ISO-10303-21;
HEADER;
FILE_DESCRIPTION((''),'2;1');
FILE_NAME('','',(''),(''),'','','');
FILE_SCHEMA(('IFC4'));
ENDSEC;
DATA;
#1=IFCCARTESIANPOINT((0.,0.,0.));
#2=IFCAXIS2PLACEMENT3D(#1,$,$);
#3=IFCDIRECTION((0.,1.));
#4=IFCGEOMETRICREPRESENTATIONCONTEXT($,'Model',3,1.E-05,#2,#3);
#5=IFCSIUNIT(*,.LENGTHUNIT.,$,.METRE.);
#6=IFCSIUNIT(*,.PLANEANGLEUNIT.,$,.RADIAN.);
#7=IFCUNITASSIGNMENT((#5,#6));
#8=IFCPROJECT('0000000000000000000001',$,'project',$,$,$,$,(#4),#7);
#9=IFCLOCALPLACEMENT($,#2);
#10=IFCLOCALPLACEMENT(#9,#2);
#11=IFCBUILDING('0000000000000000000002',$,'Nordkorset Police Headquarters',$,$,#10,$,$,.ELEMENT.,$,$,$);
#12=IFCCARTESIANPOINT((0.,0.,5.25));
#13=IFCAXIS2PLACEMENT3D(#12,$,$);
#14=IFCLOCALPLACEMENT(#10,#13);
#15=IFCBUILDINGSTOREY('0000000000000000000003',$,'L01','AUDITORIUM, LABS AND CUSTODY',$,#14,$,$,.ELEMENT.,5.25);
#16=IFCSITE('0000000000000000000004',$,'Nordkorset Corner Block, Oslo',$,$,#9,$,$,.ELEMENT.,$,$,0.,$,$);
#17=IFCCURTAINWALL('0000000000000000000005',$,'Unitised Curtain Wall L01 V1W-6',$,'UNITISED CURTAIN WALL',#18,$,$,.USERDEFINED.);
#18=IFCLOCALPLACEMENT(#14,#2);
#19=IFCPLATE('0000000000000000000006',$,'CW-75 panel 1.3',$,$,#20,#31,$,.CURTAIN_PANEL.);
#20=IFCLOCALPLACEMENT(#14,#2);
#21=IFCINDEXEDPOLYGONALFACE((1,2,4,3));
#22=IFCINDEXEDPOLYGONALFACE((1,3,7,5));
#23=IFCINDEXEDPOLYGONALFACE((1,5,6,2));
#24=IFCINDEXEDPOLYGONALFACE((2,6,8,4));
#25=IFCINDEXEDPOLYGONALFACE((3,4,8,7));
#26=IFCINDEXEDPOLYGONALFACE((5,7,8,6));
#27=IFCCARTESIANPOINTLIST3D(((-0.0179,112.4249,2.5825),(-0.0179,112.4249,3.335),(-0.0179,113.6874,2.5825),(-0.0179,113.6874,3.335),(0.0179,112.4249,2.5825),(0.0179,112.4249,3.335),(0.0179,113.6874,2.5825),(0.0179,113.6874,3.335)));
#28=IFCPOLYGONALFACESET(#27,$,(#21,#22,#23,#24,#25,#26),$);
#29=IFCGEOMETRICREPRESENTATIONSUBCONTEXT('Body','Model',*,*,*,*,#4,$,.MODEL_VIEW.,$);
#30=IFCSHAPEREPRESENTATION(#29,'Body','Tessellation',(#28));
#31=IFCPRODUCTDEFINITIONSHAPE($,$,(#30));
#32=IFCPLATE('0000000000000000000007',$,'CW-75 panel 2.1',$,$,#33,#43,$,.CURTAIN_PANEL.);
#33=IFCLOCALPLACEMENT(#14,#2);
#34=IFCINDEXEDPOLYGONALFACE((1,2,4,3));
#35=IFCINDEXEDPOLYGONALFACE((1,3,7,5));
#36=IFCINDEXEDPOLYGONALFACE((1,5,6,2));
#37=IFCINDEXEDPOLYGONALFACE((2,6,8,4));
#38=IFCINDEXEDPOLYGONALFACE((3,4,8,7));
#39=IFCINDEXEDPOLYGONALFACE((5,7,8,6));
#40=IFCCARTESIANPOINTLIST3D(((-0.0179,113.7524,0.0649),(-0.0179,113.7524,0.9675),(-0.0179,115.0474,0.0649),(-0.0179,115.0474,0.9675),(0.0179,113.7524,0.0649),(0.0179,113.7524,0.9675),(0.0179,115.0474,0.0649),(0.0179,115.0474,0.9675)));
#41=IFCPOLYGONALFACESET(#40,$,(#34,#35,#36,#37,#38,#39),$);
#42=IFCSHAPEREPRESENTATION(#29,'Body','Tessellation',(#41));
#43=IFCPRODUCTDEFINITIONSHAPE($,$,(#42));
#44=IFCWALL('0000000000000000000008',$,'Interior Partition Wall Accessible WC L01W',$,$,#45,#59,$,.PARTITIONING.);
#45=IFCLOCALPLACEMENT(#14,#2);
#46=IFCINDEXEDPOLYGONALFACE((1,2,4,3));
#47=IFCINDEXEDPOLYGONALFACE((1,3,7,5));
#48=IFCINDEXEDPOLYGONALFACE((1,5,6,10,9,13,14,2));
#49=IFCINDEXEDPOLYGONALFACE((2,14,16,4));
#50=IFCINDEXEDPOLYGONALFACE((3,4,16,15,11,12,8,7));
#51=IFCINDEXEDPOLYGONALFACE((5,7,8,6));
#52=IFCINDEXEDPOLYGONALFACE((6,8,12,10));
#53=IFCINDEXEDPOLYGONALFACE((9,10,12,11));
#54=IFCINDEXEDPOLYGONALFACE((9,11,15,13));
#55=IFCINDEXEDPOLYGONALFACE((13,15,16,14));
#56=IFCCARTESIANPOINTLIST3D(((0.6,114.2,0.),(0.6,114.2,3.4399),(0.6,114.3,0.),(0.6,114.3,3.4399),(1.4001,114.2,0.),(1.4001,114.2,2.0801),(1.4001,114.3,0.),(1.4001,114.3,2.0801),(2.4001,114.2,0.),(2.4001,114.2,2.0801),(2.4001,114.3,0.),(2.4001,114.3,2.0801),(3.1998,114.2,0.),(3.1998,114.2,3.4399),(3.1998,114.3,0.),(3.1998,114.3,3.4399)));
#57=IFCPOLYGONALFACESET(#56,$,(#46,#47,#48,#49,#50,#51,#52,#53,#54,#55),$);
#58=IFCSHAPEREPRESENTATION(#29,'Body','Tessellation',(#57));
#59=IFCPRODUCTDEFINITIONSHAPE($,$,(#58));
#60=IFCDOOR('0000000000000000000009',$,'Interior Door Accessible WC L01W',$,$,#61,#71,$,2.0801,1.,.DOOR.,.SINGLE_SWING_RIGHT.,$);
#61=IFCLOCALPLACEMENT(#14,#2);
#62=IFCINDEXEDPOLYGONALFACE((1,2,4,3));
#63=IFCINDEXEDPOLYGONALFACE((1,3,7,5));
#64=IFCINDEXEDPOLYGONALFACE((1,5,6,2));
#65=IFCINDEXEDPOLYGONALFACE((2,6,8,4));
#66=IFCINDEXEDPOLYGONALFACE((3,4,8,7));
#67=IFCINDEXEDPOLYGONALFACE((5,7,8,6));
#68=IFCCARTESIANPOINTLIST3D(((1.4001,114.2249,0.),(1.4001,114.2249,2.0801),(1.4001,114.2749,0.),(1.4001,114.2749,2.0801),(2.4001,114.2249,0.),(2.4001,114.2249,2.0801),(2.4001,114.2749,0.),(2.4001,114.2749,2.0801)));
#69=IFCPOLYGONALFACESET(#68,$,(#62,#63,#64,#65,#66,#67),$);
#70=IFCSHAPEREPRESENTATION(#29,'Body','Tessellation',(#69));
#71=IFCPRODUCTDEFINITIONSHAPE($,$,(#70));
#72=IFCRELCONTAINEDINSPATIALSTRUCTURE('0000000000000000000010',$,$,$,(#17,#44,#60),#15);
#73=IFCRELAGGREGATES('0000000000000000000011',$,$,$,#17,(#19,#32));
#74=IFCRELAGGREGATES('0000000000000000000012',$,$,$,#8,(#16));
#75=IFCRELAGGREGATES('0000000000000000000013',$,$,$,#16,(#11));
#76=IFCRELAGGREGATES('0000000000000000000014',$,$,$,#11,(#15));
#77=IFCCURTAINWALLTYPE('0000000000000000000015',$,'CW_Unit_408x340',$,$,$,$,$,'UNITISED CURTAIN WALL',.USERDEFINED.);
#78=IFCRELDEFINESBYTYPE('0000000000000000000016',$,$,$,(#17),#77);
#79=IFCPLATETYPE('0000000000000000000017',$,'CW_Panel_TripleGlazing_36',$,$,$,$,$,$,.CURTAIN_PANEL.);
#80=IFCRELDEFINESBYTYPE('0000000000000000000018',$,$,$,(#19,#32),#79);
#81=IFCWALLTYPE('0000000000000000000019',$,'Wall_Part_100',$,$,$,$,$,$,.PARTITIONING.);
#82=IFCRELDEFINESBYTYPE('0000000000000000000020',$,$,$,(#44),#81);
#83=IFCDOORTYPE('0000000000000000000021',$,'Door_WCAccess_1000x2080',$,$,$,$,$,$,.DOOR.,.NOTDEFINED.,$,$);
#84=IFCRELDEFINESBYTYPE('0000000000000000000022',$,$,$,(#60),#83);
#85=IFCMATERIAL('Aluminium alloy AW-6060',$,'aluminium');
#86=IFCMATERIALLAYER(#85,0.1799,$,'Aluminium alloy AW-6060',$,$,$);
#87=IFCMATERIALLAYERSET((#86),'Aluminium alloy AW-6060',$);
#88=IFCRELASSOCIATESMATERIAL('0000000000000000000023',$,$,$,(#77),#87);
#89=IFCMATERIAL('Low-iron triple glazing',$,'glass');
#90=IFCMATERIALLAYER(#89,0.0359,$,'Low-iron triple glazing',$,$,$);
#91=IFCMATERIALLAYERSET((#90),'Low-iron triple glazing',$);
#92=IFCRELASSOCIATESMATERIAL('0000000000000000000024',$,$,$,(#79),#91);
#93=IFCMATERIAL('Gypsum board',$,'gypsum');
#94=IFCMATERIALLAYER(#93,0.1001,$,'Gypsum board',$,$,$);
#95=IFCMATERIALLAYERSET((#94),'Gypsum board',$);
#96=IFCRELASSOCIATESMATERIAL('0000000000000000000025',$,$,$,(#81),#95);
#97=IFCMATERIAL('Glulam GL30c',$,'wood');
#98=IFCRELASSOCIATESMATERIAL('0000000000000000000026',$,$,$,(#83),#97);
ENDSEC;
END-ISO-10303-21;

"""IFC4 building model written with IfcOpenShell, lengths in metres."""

from ifc_helpers import new_model, si_unit, direction, frame, frame_2d, origin, origin_2d, place, context, subcontext, project, spatial, rectangle, extrude, material, layer, layer_set, type_object, element, fill, aggregate, save


model = new_model("IFC4")

# Units and contexts
model_context = context("Model", 3, precision=1e-05, world=origin(), true_north=direction((0.0, 1.0)))
body_context = subcontext(model_context, "Body", "Model", "MODEL_VIEW")
ifc_project = project(units=[si_unit("LENGTHUNIT", "METRE"), si_unit("PLANEANGLEUNIT", "RADIAN")], contexts=[model_context])

# Site, building, storey
site_placement = place(None, origin())
site = spatial("IfcSite", under=ifc_project, at=site_placement, Name="Nordkorset Corner Block, Oslo", CompositionType="ELEMENT", RefElevation=0.0)
building_placement = place(site_placement, origin())
building = spatial("IfcBuilding", under=site, at=building_placement, Name="Nordkorset Police Headquarters", CompositionType="ELEMENT")
storey_placement = place(building_placement, frame((0.0, 0.0, 5.25)))
storey = spatial("IfcBuildingStorey", under=building, at=storey_placement, Name="L01", Description="AUDITORIUM, LABS AND CUSTODY", CompositionType="ELEMENT", Elevation=5.25)

# Shared definitions
ifc_material_1 = material(Name="Aluminium alloy AW-6060", Category="aluminium")
ifc_layer_1 = layer(ifc_material_1, 0.1799, Name="Aluminium alloy AW-6060")
ifc_layer_set_1 = layer_set([ifc_layer_1], Name="Aluminium alloy AW-6060")
curtain_wall_type = type_object("IfcCurtainWallType", Name="CW_Unit_408x340", ElementType="UNITISED CURTAIN WALL", PredefinedType="USERDEFINED", material=ifc_layer_set_1)

# Curtain wall
curtain_wall_1_placement = place(storey_placement, origin())
curtain_wall_1 = element("IfcCurtainWall", 1, at=curtain_wall_1_placement, inside=storey, type_object=curtain_wall_type, Name="Unitised Curtain Wall L01 V1W-6", ObjectType="UNITISED CURTAIN WALL", PredefinedType="USERDEFINED")

# Plates
ifc_material_2 = material(Name="Low-iron triple glazing", Category="glass")
ifc_layer_2 = layer(ifc_material_2, 0.0359, Name="Low-iron triple glazing")
ifc_layer_set_2 = layer_set([ifc_layer_2], Name="Low-iron triple glazing")
plate_type = type_object("IfcPlateType", Name="CW_Panel_TripleGlazing_36", PredefinedType="CURTAIN_PANEL", material=ifc_layer_set_2)
plate_1_placement = place(storey_placement, frame((0.0, 113.0562, 2.5825), z_axis=(0.0, 0.0, 1.0), x_axis=(0.0, 1.0, 0.0)))
plate_1 = element("IfcPlate", 2, at=plate_1_placement, type_object=plate_type, Name="CW-75 panel 1.3", PredefinedType="CURTAIN_PANEL", context=body_context, shape_type="SweptSolid", body=[
    extrude(rectangle(XDim=1.2625, YDim=0.0359, at=origin_2d()), origin(), (0.0, 0.0, 1.0), 0.7524),
])
plate_2_placement = place(storey_placement, frame((0.0, 114.3999, 0.0649), z_axis=(0.0, 0.0, 1.0), x_axis=(0.0, 1.0, 0.0)))
plate_2 = element("IfcPlate", 3, at=plate_2_placement, type_object=plate_type, Name="CW-75 panel 2.1", PredefinedType="CURTAIN_PANEL", context=body_context, shape_type="SweptSolid", body=[
    extrude(rectangle(XDim=1.2949, YDim=0.0359, at=origin_2d()), origin(), (0.0, 0.0, 1.0), 0.9026),
])
aggregate(curtain_wall_1, [plate_1, plate_2])

# Wall, opening, door
ifc_material_3 = material(Name="Gypsum board", Category="gypsum")
ifc_layer_3 = layer(ifc_material_3, 0.1001, Name="Gypsum board")
ifc_layer_set_3 = layer_set([ifc_layer_3], Name="Gypsum board")
wall_type = type_object("IfcWallType", Name="Wall_Part_100", PredefinedType="PARTITIONING", material=ifc_layer_set_3)
wall_placement = place(storey_placement, frame((0.6001, 114.25, 0.0), z_axis=(0.0, 0.0, 1.0), x_axis=(1.0, 0.0, 0.0)))
wall = element("IfcWall", 4, at=wall_placement, inside=storey, type_object=wall_type, Name="Interior Partition Wall Accessible WC L01W", PredefinedType="PARTITIONING", context=body_context, shape_type="SweptSolid", body=[
    extrude(rectangle(XDim=2.5999, YDim=0.1001, at=frame_2d((1.2998, 0.0))), origin(), (0.0, 0.0, 1.0), 3.4399),
])
opening_placement = place(wall_placement, frame((0.8, 0.0, 0.0)))
opening = element("IfcOpeningElement", 5, at=opening_placement, cuts=wall, PredefinedType="OPENING", context=body_context, shape_type="SweptSolid", body=[
    extrude(rectangle(XDim=1.0, YDim=2.0801, at=frame_2d((0.5, 1.04))), frame((0.0, 0.0601, 0.0), z_axis=(0.0, -1.0, 0.0), x_axis=(1.0, 0.0, 0.0)), (0.0, 0.0, 1.0), 0.1201),
])
ifc_material_4 = material(Name="Glulam GL30c", Category="wood")
door_type = type_object("IfcDoorType", Name="Door_WCAccess_1000x2080", OperationType="NOTDEFINED", PredefinedType="DOOR", material=ifc_material_4)
door_placement = place(opening_placement, origin())
door = element("IfcDoor", 6, at=door_placement, inside=storey, type_object=door_type, Name="Interior Door Accessible WC L01W", OperationType="SINGLE_SWING_RIGHT", OverallHeight=2.0801, OverallWidth=1.0, PredefinedType="DOOR", context=body_context, shape_type="SweptSolid", body=[
    extrude(rectangle(XDim=1.0, YDim=2.0801, at=frame_2d((0.5, 1.04))), frame((0.0, 0.0249, 0.0), z_axis=(0.0, -1.0, 0.0), x_axis=(1.0, 0.0, 0.0)), (0.0, 0.0, 1.0), 0.05),
])
fill(opening, door)

save(model, "model.ifc")
